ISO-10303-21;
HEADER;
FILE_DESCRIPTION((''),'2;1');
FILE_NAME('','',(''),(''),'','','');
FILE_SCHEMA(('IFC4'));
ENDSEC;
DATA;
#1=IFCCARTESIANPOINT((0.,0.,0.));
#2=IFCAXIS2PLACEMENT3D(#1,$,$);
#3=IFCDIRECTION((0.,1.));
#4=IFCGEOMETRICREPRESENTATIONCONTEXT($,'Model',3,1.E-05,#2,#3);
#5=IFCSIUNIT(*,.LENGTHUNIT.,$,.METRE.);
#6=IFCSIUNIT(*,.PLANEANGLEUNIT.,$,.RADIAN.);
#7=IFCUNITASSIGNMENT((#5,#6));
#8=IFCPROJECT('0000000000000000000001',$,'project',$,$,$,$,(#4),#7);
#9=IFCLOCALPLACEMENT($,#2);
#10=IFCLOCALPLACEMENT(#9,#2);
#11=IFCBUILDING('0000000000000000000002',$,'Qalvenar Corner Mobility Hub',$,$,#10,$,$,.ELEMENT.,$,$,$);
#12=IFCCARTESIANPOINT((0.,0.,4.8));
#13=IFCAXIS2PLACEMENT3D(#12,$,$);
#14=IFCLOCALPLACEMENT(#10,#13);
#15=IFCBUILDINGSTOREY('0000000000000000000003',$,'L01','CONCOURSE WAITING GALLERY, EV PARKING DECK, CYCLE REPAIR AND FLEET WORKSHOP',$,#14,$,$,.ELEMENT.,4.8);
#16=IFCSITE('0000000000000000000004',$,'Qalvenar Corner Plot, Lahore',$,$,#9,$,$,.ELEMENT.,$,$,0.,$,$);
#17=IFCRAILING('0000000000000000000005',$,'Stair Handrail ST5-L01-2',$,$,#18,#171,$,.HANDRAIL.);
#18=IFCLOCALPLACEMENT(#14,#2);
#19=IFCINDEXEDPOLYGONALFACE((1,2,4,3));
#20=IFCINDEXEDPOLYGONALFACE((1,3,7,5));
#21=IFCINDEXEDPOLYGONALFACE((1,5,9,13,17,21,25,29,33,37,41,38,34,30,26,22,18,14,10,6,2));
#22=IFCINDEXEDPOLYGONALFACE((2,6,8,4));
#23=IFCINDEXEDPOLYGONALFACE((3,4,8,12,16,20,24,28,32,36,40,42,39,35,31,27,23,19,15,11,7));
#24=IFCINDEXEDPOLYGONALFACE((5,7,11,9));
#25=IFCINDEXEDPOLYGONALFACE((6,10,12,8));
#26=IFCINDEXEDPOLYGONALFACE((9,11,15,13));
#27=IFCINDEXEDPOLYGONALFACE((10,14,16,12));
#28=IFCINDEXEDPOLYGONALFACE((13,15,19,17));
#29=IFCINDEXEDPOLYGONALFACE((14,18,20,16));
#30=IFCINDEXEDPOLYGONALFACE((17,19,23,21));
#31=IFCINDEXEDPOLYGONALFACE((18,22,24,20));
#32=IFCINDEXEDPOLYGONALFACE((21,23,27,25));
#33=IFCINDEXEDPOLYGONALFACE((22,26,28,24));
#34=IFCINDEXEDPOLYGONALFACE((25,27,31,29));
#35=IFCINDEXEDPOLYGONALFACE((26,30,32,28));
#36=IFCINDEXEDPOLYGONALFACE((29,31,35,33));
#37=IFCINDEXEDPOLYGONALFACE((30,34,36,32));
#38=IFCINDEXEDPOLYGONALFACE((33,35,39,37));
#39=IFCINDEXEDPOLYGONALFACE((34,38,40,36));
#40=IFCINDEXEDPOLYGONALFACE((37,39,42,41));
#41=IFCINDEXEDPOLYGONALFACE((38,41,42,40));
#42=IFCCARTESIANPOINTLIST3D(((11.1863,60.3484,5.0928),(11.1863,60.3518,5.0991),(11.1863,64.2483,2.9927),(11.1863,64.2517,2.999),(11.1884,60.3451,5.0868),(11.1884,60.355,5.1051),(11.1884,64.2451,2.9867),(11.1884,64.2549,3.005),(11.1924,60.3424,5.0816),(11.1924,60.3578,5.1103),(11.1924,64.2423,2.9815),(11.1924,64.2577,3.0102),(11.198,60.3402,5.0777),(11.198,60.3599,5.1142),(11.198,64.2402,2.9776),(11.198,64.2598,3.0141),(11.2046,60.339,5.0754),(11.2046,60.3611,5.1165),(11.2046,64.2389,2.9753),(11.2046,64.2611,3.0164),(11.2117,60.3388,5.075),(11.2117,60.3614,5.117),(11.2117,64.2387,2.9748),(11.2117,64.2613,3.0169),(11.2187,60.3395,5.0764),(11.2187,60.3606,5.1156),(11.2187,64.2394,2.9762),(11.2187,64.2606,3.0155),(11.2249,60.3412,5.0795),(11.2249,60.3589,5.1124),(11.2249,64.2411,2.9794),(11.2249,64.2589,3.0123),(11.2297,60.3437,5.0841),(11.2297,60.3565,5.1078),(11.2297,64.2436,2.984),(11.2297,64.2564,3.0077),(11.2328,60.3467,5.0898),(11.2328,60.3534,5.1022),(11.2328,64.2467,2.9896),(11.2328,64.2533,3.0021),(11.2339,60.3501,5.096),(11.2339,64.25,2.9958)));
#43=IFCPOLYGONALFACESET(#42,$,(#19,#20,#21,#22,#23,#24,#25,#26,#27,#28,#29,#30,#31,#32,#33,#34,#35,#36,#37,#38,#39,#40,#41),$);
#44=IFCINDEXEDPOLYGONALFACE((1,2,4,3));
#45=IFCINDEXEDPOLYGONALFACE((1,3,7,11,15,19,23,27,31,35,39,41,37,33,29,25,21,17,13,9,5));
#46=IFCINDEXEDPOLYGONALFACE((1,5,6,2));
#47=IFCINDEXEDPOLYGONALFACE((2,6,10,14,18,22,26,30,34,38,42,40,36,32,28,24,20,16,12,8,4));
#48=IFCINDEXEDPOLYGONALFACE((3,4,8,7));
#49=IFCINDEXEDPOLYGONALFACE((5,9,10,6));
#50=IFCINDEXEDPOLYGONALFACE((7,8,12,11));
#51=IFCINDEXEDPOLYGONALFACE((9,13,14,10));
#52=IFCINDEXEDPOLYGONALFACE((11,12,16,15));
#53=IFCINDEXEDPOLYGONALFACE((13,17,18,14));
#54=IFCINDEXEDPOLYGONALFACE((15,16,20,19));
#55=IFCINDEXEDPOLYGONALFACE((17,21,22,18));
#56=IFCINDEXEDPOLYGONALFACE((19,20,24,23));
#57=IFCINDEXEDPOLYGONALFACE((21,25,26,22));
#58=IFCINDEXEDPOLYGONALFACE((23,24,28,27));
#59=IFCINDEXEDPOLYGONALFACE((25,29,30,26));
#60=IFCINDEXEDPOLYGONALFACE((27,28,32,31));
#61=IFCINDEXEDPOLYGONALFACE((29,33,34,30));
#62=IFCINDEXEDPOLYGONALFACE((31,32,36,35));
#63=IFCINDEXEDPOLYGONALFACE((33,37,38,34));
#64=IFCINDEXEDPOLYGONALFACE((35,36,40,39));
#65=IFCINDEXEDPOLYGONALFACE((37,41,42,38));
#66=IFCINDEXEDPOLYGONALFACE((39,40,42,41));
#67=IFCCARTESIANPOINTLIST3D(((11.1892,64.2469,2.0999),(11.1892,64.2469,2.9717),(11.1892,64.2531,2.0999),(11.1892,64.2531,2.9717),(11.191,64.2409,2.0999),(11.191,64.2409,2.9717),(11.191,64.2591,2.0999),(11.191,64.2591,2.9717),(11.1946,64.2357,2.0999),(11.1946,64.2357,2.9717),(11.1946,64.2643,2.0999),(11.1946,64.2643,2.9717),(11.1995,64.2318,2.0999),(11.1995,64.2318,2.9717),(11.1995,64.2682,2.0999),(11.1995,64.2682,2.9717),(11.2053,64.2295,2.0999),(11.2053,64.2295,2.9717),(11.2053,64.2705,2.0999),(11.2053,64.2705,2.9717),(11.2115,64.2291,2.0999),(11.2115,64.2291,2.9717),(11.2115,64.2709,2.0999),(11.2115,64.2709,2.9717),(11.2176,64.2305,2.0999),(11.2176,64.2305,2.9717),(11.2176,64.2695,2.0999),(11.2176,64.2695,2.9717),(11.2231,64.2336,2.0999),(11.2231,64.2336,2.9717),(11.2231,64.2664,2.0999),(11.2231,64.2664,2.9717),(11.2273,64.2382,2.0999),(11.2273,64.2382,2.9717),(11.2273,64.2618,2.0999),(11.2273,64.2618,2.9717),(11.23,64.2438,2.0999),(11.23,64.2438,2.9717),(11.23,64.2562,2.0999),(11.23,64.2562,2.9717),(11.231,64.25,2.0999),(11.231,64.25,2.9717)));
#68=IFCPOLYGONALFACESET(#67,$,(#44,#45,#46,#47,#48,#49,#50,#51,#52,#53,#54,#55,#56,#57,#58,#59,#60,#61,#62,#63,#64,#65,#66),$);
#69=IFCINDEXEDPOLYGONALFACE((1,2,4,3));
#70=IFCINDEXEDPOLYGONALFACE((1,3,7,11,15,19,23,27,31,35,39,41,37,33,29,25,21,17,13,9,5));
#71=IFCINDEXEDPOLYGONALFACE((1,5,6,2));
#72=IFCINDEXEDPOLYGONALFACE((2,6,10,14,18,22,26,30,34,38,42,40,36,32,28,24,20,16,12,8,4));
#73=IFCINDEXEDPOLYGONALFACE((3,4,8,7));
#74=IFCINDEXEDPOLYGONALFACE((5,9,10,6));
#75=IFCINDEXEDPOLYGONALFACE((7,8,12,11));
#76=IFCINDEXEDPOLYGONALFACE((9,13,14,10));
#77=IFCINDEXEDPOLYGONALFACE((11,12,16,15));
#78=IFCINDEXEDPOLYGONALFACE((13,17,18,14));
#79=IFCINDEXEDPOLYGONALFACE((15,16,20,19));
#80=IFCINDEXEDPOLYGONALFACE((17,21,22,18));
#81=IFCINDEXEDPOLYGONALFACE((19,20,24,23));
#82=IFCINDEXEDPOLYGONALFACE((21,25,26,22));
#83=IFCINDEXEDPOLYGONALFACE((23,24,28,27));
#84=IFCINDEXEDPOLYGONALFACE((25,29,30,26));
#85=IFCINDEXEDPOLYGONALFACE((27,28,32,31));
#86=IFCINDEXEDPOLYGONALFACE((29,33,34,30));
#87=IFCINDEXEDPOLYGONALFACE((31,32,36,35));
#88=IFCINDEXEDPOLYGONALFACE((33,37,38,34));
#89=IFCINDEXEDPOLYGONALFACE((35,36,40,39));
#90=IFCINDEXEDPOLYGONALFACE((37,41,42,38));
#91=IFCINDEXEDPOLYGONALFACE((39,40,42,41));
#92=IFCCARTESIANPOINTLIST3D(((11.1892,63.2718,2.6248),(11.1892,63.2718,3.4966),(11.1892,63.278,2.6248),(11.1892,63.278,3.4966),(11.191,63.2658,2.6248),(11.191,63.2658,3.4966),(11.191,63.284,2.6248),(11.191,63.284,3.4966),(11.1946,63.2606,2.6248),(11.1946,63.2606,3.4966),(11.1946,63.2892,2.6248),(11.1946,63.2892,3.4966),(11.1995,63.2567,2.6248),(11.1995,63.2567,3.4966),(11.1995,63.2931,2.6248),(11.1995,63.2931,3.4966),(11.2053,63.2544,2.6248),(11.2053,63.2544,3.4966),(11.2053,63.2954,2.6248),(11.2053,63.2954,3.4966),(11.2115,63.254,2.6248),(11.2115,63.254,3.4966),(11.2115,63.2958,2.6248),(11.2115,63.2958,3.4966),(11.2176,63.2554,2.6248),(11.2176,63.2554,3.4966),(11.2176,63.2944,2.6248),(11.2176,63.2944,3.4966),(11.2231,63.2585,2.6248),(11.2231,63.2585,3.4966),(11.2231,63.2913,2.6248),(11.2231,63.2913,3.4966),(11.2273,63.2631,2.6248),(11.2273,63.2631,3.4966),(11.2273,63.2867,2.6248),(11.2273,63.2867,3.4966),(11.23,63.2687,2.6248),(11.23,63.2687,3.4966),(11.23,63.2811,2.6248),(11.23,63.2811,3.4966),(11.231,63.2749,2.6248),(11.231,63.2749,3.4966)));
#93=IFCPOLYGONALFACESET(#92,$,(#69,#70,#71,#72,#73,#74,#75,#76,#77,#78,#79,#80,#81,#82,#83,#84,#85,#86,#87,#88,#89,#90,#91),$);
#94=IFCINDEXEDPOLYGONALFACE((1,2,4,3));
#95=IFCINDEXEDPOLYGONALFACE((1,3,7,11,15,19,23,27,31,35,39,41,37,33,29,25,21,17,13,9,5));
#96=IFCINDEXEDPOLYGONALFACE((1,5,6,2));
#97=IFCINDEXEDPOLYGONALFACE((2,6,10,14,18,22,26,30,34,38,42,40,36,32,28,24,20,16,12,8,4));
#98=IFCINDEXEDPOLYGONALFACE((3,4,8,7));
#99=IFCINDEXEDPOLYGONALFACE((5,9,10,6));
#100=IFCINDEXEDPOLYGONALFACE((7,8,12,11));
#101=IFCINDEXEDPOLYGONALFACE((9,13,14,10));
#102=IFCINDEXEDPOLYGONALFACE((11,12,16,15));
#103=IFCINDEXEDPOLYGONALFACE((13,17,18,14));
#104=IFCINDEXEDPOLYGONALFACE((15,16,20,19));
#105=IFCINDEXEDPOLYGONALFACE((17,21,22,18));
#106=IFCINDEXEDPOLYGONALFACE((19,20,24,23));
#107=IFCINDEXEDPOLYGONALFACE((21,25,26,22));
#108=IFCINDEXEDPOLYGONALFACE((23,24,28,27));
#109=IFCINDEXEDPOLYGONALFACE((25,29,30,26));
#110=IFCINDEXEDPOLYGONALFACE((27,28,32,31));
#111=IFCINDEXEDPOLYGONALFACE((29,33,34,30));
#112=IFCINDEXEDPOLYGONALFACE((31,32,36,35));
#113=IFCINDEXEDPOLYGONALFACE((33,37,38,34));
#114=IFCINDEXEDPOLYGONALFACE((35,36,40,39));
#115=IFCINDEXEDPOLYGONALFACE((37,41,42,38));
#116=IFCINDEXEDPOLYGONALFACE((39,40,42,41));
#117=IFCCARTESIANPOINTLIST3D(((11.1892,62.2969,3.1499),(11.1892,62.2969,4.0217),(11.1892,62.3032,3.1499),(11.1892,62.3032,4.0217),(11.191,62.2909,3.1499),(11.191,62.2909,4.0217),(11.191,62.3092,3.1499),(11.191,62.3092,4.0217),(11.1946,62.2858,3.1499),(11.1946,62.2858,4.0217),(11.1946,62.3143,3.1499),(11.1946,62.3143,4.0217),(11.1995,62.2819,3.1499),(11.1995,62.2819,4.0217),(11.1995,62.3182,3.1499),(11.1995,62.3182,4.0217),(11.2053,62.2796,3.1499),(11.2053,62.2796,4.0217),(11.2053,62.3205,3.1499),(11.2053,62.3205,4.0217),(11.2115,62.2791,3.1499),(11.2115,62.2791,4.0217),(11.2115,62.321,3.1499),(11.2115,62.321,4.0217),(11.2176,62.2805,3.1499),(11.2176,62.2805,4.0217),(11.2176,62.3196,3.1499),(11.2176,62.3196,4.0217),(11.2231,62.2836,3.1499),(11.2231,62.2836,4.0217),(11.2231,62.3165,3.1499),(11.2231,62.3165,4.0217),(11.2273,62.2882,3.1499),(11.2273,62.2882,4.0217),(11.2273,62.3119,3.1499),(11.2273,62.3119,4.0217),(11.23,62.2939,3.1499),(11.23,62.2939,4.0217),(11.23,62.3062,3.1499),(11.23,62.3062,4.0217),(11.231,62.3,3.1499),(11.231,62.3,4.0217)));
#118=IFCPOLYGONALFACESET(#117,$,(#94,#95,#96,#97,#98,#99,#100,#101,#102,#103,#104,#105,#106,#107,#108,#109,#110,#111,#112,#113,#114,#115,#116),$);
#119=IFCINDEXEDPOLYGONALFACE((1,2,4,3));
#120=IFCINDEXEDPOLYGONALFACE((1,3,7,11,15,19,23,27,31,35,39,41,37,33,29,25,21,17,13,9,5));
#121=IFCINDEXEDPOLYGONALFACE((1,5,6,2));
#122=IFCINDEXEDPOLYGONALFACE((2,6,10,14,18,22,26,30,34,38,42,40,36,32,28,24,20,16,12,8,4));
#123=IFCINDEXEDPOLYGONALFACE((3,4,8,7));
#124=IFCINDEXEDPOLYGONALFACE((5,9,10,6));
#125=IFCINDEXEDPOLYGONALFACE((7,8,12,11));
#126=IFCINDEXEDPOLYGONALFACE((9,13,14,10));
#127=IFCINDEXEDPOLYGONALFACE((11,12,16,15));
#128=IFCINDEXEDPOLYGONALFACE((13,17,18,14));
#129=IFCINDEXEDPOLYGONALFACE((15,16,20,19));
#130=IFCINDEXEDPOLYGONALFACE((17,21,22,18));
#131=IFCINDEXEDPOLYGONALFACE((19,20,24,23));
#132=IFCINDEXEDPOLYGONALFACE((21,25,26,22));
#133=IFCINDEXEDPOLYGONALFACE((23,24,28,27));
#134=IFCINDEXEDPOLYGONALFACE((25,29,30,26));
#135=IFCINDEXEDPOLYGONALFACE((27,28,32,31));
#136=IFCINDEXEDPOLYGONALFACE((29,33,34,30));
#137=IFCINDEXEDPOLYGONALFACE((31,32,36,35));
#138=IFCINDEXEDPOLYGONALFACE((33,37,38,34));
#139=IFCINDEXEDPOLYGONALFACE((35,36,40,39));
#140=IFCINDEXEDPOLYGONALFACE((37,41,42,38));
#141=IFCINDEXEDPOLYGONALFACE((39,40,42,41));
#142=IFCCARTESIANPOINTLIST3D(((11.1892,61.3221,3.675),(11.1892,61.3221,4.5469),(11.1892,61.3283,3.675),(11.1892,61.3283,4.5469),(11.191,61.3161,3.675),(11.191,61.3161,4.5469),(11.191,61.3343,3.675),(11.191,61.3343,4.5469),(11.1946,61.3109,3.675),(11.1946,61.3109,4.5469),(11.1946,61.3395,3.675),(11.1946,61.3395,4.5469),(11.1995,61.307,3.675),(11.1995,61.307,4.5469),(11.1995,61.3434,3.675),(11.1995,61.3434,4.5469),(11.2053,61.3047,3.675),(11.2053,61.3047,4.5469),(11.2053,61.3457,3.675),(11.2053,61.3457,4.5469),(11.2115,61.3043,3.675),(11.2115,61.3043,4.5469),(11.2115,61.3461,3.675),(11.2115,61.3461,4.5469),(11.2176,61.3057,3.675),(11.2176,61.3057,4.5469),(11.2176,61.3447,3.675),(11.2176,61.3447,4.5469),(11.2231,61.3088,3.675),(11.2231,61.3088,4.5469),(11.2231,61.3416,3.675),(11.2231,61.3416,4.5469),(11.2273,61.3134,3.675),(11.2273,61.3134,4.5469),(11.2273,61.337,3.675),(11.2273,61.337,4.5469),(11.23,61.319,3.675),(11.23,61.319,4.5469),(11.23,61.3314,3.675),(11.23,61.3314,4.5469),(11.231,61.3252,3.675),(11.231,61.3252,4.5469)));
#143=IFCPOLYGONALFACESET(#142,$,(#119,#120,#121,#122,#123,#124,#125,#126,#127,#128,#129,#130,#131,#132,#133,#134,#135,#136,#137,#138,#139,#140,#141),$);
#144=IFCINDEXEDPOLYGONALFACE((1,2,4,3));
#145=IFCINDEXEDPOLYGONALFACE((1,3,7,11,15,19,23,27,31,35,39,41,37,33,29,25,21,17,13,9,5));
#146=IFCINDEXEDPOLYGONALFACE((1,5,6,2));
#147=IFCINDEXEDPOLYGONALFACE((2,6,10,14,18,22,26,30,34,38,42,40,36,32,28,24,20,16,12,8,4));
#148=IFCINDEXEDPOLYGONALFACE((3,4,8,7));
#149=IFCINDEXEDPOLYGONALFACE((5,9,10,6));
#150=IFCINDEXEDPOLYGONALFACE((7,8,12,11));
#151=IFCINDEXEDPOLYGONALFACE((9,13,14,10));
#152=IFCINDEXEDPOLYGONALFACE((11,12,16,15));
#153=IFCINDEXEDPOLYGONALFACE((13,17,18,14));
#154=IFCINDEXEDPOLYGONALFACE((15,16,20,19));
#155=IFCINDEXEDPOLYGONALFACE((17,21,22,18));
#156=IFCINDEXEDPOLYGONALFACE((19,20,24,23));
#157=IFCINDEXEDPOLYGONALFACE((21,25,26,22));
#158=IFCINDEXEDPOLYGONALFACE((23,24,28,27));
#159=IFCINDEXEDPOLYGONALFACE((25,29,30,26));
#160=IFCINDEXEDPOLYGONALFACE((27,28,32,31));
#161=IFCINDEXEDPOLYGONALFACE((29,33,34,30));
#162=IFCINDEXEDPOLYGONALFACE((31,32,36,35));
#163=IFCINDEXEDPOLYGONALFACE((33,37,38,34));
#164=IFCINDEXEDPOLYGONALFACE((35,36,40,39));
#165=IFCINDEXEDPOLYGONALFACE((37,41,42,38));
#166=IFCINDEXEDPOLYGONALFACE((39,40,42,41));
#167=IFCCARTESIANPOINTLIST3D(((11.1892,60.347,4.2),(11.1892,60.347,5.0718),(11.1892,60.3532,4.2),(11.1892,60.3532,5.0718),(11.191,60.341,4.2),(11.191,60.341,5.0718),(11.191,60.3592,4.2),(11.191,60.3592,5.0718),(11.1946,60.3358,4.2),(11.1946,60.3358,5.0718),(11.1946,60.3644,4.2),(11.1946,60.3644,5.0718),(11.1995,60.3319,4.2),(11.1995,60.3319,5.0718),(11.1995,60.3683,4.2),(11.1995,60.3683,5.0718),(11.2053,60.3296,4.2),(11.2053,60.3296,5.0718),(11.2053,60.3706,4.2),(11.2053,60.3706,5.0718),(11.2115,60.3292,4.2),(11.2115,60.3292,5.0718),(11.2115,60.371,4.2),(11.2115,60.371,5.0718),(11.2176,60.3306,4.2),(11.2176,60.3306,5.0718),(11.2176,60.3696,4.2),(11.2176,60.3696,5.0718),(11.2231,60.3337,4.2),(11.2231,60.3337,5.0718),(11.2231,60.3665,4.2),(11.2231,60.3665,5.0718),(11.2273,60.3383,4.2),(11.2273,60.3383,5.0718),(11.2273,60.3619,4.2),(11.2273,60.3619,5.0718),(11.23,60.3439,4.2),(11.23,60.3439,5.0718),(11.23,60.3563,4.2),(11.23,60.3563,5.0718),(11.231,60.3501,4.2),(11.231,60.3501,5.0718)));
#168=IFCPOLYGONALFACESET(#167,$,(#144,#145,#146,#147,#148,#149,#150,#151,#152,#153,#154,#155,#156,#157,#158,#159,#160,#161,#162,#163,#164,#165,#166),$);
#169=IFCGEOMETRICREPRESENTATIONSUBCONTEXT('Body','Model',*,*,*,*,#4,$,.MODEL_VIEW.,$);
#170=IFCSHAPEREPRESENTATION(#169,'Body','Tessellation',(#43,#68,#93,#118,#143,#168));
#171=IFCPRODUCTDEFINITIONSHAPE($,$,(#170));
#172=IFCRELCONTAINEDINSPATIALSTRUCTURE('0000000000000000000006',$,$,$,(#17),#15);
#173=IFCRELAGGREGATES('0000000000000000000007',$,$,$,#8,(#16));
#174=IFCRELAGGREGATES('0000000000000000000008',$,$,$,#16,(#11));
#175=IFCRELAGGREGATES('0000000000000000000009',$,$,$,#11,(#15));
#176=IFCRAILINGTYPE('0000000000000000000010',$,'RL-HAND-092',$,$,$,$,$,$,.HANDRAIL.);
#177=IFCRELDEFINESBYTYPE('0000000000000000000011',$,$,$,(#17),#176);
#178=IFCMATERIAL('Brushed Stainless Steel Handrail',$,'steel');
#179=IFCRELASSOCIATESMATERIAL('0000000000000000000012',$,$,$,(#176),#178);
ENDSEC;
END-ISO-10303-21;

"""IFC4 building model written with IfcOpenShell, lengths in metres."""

from ifc_helpers import new_model, si_unit, direction, frame, origin, origin_2d, place, context, subcontext, project, spatial, circle, extrude, material, type_object, element, save


model = new_model("IFC4")

# Units and contexts
model_context = context("Model", 3, precision=1e-05, world=origin(), true_north=direction((0.0, 1.0)))
body_context = subcontext(model_context, "Body", "Model", "MODEL_VIEW")
ifc_project = project(units=[si_unit("LENGTHUNIT", "METRE"), si_unit("PLANEANGLEUNIT", "RADIAN")], contexts=[model_context])

# Site, building, storey
site_placement = place(None, origin())
site = spatial("IfcSite", under=ifc_project, at=site_placement, Name="Qalvenar Corner Plot, Lahore", CompositionType="ELEMENT", RefElevation=0.0)
building_placement = place(site_placement, origin())
building = spatial("IfcBuilding", under=site, at=building_placement, Name="Qalvenar Corner Mobility Hub", CompositionType="ELEMENT")
storey_placement = place(building_placement, frame((0.0, 0.0, 4.8)))
storey = spatial("IfcBuildingStorey", under=building, at=storey_placement, Name="L01", Description="CONCOURSE WAITING GALLERY, EV PARKING DECK, CYCLE REPAIR AND FLEET WORKSHOP", CompositionType="ELEMENT", Elevation=4.8)

# Railing
ifc_material_1 = material(Name="Brushed Stainless Steel Handrail", Category="steel")
railing_type_1 = type_object("IfcRailingType", Name="RL-HAND-092", PredefinedType="HANDRAIL", material=ifc_material_1)
railing_1_placement = place(storey_placement, frame((11.21, 64.25, 2.0999)))
element("IfcRailing", 1, at=railing_1_placement, inside=storey, type_object=railing_type_1, Name="Stair Handrail ST5-L01-2", PredefinedType="HANDRAIL", context=body_context, shape_type="SweptSolid", body=[
    extrude(circle(Radius=0.0239, at=origin_2d()), frame((0.0, 0.0, 0.896), z_axis=(0.0, -0.880457, 0.474126), x_axis=(1.0, 0.0, 0.0)), (0.0, 0.0, 1.0), 4.4294),
    extrude(circle(Radius=0.021, at=origin_2d()), origin(), (0.0, 0.0, 1.0), 0.8718),
    extrude(circle(Radius=0.021, at=origin_2d()), frame((0.0, -0.9751, 0.5249)), (0.0, 0.0, 1.0), 0.8718),
    extrude(circle(Radius=0.021, at=origin_2d()), frame((0.0, -1.95, 1.05)), (0.0, 0.0, 1.0), 0.8718),
    extrude(circle(Radius=0.021, at=origin_2d()), frame((0.0, -2.9248, 1.5752)), (0.0, 0.0, 1.0), 0.8718),
    extrude(circle(Radius=0.021, at=origin_2d()), frame((0.0, -3.8999, 2.1001)), (0.0, 0.0, 1.0), 0.8718),
])

save(model, "model.ifc")
